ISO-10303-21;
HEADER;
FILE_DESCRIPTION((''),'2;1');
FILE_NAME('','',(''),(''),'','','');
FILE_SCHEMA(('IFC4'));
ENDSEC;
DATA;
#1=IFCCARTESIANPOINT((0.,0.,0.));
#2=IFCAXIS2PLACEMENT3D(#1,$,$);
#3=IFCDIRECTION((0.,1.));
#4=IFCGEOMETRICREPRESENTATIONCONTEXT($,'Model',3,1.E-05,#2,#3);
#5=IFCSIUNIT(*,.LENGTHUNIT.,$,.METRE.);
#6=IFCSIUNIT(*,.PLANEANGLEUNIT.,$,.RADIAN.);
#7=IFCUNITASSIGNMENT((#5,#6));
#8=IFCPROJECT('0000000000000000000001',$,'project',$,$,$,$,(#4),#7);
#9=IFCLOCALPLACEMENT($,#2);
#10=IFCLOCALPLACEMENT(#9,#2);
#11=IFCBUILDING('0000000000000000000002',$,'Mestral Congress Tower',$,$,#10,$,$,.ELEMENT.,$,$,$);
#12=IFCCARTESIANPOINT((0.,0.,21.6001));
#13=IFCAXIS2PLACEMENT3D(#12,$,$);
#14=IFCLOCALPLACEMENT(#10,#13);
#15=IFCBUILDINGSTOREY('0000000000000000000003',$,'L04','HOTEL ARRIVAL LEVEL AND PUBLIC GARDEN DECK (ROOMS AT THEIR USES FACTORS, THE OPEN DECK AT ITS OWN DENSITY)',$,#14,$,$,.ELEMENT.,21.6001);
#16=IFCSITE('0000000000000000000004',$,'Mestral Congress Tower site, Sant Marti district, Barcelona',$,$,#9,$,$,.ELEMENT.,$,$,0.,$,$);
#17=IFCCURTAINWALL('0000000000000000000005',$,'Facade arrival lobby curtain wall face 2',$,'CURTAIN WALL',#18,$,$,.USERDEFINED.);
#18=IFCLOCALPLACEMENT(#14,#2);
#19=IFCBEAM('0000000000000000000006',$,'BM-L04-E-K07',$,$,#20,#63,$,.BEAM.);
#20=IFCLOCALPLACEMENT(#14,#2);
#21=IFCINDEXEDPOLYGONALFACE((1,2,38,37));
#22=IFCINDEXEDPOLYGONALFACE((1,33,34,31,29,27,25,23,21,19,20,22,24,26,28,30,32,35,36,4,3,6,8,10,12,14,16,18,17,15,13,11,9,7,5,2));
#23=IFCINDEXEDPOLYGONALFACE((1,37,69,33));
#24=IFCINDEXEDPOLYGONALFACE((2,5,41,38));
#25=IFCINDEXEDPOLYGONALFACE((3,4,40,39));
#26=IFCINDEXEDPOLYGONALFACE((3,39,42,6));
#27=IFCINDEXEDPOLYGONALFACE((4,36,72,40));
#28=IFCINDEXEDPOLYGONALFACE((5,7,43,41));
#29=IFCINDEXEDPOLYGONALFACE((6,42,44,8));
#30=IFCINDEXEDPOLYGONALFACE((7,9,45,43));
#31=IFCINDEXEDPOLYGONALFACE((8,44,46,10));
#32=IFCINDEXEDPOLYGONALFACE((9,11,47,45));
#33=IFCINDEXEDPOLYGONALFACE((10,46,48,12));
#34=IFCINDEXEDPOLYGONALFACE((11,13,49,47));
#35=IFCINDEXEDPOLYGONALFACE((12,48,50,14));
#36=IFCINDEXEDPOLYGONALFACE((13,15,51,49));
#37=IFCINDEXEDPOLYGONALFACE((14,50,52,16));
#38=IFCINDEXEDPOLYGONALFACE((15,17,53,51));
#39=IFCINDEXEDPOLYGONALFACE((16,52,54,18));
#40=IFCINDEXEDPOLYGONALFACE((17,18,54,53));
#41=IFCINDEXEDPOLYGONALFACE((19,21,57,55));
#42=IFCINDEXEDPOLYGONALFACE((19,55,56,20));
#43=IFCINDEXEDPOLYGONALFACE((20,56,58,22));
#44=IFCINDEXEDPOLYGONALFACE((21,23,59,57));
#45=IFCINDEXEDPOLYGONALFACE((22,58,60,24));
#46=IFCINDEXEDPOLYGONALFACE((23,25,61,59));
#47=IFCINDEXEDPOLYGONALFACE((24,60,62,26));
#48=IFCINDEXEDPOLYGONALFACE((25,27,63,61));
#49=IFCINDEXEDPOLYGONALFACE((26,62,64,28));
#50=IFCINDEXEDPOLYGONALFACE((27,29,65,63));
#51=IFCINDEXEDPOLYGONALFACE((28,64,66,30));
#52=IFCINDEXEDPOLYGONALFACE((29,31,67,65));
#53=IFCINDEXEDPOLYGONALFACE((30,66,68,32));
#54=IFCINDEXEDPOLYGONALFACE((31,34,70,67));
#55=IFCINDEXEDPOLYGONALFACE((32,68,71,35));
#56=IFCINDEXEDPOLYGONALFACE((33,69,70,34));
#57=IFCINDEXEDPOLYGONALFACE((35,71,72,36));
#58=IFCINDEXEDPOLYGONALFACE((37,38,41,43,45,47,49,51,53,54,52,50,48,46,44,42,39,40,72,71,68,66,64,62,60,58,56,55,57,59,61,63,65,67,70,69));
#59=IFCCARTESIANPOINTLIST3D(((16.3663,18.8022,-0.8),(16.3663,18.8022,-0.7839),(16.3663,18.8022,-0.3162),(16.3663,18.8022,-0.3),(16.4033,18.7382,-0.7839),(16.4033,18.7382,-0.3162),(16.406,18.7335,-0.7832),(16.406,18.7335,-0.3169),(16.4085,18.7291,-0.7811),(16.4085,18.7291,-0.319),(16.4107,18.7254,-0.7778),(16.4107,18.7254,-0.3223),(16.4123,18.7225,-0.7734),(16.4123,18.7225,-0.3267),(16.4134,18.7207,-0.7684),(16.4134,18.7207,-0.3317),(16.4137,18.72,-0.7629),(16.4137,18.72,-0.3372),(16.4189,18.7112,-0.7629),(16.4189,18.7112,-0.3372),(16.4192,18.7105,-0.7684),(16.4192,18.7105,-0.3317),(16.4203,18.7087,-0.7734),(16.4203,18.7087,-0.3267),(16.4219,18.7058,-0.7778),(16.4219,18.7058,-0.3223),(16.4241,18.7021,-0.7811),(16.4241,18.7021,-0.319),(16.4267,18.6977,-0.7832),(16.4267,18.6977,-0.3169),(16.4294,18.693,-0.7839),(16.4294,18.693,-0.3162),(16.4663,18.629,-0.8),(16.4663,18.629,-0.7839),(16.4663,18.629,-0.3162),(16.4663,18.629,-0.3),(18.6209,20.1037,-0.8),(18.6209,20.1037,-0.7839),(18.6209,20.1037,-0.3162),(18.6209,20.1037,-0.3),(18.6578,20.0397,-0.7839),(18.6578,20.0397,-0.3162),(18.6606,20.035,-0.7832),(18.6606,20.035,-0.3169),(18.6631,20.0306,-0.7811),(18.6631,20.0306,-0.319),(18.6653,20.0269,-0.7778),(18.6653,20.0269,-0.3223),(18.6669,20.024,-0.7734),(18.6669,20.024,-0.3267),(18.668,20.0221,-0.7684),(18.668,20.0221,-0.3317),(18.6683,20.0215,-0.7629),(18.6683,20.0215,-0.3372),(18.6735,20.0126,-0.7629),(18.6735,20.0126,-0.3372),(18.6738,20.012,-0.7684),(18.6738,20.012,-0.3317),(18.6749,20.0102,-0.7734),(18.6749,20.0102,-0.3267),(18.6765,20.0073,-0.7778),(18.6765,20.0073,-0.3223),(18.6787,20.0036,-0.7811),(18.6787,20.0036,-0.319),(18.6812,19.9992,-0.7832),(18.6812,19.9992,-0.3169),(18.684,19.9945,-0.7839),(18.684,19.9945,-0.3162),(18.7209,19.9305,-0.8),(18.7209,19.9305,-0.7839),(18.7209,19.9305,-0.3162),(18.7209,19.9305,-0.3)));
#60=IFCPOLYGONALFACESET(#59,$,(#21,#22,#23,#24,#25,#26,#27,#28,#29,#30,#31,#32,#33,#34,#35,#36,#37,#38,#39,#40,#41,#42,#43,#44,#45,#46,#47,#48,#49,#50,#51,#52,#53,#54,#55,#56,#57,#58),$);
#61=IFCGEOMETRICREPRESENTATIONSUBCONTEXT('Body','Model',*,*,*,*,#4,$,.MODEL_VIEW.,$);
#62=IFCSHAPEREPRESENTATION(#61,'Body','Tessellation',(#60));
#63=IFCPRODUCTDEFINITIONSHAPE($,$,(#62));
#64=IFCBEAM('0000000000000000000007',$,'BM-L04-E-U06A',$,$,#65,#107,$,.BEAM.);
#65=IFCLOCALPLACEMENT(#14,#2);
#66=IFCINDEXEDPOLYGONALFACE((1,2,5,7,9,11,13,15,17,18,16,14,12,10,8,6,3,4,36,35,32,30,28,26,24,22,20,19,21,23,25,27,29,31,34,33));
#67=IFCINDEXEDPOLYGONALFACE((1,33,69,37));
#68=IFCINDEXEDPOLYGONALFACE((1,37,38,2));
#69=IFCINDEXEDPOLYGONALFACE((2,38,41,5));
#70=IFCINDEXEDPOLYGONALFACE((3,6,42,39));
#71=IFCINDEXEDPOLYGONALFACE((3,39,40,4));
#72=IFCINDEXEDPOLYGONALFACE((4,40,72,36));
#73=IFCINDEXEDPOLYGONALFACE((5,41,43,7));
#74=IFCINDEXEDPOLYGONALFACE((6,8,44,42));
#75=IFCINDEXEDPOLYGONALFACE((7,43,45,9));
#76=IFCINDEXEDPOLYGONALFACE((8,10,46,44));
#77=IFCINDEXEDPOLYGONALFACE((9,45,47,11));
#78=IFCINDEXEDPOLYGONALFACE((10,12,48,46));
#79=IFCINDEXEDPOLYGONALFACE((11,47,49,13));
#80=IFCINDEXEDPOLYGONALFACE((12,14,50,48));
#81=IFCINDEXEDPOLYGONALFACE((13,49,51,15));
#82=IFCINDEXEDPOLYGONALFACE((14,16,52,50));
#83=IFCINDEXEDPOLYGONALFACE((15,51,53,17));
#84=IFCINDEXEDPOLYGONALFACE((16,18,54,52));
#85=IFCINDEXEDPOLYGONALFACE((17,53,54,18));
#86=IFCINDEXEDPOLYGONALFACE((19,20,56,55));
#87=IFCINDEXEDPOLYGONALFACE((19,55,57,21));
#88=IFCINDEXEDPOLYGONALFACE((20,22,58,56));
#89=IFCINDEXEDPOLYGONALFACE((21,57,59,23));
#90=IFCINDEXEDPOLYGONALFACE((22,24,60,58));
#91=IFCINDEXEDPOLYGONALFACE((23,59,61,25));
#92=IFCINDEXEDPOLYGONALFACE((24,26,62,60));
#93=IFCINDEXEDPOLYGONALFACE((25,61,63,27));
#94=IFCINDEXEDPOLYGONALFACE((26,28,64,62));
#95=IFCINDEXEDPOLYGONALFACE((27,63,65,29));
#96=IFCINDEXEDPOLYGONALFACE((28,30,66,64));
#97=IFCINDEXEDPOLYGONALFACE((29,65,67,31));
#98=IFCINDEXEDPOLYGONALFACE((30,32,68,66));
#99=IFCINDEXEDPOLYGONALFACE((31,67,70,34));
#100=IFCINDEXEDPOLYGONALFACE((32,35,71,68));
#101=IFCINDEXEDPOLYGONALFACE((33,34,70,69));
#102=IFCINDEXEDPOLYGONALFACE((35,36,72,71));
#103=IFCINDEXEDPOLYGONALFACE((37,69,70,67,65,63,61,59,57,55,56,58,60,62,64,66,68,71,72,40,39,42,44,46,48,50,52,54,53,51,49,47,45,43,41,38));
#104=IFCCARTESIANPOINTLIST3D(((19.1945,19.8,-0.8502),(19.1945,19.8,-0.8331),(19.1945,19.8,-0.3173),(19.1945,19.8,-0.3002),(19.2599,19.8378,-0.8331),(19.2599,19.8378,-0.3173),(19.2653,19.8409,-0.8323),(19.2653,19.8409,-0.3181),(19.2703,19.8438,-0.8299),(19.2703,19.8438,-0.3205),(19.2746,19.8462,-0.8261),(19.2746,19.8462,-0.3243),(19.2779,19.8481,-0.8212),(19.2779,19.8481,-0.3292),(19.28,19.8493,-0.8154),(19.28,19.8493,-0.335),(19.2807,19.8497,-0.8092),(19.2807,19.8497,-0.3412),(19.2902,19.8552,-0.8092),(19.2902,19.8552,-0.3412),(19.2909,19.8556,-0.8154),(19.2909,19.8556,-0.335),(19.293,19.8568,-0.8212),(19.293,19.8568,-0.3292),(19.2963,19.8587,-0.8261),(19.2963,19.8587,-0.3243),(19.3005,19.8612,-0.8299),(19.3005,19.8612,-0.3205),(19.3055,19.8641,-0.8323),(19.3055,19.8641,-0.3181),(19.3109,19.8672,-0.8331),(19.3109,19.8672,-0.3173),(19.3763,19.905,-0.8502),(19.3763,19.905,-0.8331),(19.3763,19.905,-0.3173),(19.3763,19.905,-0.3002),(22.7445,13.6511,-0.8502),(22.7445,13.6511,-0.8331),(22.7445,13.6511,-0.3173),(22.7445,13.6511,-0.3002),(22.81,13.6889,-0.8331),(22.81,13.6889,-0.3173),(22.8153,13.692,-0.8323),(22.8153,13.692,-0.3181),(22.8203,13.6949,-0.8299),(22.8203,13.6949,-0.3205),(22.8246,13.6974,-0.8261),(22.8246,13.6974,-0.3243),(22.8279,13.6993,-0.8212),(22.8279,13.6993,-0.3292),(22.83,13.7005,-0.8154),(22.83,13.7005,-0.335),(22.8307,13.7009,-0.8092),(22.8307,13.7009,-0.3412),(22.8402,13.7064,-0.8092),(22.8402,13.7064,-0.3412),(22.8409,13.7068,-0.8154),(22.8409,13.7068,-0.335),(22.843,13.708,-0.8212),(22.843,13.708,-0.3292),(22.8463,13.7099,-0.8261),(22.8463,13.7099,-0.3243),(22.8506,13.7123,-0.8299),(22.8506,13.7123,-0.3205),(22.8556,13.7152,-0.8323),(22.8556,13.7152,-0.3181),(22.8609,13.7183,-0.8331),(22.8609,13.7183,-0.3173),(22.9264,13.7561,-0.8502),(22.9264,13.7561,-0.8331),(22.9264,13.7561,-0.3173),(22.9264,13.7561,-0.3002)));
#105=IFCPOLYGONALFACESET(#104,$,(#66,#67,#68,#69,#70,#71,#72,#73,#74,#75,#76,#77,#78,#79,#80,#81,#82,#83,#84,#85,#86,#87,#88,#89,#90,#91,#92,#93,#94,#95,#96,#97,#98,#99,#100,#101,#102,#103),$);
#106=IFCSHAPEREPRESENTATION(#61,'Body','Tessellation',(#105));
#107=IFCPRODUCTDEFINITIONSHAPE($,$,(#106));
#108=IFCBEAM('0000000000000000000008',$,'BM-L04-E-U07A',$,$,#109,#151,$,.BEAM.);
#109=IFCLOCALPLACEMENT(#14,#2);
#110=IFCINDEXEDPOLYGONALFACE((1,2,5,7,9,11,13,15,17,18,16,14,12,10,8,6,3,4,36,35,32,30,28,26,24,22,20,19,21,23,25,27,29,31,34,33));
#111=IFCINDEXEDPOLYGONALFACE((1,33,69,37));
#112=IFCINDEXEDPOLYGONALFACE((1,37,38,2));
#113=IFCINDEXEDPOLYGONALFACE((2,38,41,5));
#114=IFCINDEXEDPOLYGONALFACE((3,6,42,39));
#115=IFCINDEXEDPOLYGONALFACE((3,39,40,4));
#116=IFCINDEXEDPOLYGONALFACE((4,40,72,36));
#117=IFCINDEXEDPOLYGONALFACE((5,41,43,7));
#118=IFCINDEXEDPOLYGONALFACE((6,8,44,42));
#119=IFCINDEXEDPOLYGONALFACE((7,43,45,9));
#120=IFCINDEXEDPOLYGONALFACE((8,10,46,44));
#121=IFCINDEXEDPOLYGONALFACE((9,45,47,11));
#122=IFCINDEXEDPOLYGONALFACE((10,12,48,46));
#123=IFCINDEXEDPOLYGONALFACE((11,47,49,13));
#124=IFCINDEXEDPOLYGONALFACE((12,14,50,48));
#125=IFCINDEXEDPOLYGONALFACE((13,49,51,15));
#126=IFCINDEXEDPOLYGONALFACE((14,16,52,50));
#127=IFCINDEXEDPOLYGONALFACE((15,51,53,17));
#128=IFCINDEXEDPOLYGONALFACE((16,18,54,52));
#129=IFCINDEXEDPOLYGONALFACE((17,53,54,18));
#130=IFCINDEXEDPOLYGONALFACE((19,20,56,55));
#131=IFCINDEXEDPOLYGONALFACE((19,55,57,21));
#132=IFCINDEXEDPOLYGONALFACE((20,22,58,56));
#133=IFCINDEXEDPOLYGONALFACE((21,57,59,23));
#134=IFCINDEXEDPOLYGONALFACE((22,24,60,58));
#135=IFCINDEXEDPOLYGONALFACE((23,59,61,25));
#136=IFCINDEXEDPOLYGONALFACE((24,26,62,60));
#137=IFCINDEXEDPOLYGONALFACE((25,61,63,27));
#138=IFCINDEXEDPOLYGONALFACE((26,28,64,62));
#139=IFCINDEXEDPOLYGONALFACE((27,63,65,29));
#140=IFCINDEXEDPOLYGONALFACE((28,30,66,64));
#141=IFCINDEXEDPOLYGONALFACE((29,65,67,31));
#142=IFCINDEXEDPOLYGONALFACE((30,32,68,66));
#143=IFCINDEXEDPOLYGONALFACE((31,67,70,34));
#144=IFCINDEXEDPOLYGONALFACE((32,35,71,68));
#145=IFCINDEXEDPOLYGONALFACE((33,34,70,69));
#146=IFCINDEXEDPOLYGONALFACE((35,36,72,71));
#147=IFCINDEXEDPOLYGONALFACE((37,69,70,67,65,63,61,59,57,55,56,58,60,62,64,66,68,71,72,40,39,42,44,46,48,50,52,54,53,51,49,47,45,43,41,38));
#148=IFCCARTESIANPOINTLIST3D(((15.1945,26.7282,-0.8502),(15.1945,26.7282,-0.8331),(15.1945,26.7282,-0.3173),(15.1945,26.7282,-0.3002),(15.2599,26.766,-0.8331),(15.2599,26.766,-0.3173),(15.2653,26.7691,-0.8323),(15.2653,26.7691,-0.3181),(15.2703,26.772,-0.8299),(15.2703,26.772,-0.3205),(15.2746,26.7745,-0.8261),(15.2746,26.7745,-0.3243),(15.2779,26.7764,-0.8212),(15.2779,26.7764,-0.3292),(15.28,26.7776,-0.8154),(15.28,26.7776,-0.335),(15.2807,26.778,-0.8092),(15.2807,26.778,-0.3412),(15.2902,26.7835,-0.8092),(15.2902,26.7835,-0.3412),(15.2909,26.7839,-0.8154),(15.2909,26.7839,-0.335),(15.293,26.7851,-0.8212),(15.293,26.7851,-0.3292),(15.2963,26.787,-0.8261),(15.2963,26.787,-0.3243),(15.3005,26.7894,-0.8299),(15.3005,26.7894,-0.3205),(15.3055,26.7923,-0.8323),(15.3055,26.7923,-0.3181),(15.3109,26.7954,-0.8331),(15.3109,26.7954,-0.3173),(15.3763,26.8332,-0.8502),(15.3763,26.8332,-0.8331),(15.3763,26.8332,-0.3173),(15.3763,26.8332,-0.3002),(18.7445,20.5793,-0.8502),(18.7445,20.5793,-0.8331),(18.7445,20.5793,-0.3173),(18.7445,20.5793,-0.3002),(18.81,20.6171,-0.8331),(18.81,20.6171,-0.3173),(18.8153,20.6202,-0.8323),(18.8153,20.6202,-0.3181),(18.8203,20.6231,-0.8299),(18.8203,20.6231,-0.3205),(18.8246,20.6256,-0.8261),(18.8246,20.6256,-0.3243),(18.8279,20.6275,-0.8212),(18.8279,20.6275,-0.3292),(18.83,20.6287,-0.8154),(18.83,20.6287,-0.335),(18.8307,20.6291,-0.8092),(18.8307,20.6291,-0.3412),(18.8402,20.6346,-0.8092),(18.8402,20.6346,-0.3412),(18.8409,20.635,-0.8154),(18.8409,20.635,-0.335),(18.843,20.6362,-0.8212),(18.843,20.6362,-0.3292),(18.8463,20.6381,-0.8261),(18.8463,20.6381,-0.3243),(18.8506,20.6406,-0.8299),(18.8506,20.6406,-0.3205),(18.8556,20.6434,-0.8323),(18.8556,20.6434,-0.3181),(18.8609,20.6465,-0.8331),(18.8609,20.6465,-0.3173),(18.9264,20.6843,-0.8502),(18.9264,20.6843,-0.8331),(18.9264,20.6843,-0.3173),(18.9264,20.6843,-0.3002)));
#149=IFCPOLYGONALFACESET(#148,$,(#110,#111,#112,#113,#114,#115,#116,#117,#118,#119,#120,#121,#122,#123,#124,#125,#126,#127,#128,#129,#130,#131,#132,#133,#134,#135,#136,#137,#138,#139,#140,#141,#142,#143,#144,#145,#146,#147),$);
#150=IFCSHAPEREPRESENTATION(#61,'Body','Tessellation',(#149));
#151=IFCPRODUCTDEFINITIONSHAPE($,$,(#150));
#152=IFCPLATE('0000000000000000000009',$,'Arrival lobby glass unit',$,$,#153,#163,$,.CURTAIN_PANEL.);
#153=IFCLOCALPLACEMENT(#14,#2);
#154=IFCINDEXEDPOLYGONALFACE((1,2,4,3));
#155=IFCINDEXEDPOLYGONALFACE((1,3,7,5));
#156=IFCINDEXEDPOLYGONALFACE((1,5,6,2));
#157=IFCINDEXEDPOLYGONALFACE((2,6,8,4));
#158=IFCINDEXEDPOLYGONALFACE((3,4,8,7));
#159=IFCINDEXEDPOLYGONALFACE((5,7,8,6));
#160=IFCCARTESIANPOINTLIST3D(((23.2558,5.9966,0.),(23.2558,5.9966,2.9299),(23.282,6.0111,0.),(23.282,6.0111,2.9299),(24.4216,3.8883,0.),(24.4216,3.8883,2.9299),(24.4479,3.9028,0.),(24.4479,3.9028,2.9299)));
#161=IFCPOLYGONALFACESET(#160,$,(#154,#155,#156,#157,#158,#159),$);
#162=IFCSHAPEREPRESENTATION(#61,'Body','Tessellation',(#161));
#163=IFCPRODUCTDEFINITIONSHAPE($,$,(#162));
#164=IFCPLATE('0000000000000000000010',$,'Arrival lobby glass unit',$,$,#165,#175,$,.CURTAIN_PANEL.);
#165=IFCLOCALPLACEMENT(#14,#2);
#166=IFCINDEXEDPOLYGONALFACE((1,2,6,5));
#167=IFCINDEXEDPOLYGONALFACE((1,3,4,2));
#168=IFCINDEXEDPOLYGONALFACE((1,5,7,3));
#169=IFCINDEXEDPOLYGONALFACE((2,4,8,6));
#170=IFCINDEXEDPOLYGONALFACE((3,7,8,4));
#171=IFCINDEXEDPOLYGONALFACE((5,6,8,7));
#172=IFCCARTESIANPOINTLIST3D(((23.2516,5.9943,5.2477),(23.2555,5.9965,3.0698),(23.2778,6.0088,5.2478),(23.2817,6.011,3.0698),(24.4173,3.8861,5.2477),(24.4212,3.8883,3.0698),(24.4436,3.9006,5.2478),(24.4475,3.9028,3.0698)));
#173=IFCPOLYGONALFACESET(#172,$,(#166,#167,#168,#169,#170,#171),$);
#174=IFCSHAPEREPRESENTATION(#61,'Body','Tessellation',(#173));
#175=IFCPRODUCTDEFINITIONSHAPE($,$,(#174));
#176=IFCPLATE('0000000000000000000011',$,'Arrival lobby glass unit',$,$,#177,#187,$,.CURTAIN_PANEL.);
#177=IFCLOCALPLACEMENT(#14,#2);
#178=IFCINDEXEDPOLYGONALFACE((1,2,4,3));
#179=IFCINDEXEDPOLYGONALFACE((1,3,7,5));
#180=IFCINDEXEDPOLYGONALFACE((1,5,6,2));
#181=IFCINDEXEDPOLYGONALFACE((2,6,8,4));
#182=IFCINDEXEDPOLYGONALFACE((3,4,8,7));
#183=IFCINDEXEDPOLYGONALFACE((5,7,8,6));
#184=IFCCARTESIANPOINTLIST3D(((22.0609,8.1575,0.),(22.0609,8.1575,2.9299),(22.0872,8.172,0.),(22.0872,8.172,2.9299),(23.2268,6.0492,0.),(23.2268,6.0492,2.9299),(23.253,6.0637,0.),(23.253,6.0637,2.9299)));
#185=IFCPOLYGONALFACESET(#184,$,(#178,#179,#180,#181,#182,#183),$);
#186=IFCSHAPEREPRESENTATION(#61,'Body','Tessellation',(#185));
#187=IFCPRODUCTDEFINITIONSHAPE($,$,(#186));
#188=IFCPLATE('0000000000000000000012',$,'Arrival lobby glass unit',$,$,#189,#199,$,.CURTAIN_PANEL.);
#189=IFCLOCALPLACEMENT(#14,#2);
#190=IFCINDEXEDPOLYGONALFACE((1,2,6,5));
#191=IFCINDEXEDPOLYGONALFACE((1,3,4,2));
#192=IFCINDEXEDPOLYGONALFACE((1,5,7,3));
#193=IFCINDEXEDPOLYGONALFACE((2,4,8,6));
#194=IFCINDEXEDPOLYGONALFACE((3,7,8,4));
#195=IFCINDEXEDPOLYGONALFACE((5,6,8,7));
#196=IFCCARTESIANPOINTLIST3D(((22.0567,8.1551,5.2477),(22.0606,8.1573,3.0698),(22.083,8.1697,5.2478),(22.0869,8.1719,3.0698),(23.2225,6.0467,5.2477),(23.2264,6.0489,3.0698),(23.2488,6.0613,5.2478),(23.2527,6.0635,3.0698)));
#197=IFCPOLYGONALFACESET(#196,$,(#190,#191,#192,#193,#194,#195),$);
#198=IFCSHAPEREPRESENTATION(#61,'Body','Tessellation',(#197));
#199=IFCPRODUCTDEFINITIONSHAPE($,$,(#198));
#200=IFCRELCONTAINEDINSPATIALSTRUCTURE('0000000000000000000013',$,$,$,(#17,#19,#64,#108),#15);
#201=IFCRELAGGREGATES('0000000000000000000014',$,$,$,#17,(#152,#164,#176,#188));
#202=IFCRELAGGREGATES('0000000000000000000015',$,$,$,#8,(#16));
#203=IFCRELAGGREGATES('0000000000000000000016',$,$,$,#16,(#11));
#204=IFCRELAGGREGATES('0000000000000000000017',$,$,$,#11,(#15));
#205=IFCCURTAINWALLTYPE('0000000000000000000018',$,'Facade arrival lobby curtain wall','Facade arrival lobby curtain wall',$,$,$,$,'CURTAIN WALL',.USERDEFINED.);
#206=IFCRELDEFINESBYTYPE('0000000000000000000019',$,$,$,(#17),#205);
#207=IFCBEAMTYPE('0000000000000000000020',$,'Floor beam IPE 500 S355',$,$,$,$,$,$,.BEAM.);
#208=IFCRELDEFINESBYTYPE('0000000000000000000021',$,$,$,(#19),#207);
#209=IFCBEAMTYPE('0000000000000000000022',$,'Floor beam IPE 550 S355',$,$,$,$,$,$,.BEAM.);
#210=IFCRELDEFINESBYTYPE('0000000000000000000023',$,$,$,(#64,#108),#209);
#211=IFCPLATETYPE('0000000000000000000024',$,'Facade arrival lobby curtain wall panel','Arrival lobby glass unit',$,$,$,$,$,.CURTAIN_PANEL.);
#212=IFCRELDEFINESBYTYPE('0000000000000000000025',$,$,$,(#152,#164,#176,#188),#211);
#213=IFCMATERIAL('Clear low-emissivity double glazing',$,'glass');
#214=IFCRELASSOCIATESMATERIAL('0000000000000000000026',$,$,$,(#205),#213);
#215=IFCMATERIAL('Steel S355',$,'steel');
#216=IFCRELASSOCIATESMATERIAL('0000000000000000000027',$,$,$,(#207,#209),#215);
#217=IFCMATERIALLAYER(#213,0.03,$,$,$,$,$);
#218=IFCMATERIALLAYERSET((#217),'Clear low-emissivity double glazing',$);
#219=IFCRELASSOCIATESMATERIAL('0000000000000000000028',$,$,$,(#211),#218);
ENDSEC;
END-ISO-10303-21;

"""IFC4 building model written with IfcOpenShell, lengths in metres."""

from ifc_helpers import new_model, si_unit, direction, frame, origin, origin_2d, place, context, subcontext, project, spatial, polyline, rectangle, i_section, outline, extrude, material, layer, layer_set, material_profile, profile_set, type_object, element, aggregate, save


model = new_model("IFC4")

# Units and contexts
model_context = context("Model", 3, precision=1e-05, world=origin(), true_north=direction((0.0, 1.0)))
body_context = subcontext(model_context, "Body", "Model", "MODEL_VIEW")
ifc_project = project(units=[si_unit("LENGTHUNIT", "METRE"), si_unit("PLANEANGLEUNIT", "RADIAN")], contexts=[model_context])

# Site, building, storey
site_placement = place(None, origin())
site = spatial("IfcSite", under=ifc_project, at=site_placement, Name="Mestral Congress Tower site, Sant Marti district, Barcelona", CompositionType="ELEMENT", RefElevation=0.0)
building_placement = place(site_placement, origin())
building = spatial("IfcBuilding", under=site, at=building_placement, Name="Mestral Congress Tower", CompositionType="ELEMENT")
storey_placement = place(building_placement, frame((0.0, 0.0, 21.6001)))
storey = spatial("IfcBuildingStorey", under=building, at=storey_placement, Name="L04", Description="HOTEL ARRIVAL LEVEL AND PUBLIC GARDEN DECK (ROOMS AT THEIR USES FACTORS, THE OPEN DECK AT ITS OWN DENSITY)", CompositionType="ELEMENT", Elevation=21.6001)

# Curtain wall
ifc_material_1 = material(Name="Clear low-emissivity double glazing", Category="glass")
curtain_wall_type = type_object("IfcCurtainWallType", Name="Facade arrival lobby curtain wall", Description="Facade arrival lobby curtain wall", ElementType="CURTAIN WALL", PredefinedType="USERDEFINED", material=ifc_material_1)
curtain_wall_placement = place(storey_placement, origin())
curtain_wall = element("IfcCurtainWall", 1, at=curtain_wall_placement, inside=storey, type_object=curtain_wall_type, Name="Facade arrival lobby curtain wall face 2", ObjectType="CURTAIN WALL", PredefinedType="USERDEFINED")

# Beams
ifc_material_2 = material(Name="Steel S355", Category="steel")
ifc_material_profile_1 = material_profile(ifc_material_2, i_section(OverallWidth=0.2, OverallDepth=0.5, WebThickness=0.0103, FlangeThickness=0.0161, FilletRadius=0.021, at=origin_2d()), Name="IPE 500")
ifc_profile_set_1 = profile_set([ifc_material_profile_1], Name="Steel S355")
beam_type_1 = type_object("IfcBeamType", Name="Floor beam IPE 500 S355", PredefinedType="BEAM", material=ifc_profile_set_1)
beam_1_placement = place(storey_placement, frame((18.6709, 20.0171, -0.55), z_axis=(-0.866059, -0.499942, 0.0), x_axis=(0.499942, -0.866059, 0.0)))
element("IfcBeam", 2, at=beam_1_placement, inside=storey, type_object=beam_type_1, Name="BM-L04-E-K07", PredefinedType="BEAM", context=body_context, shape_type="SweptSolid", body=[
    extrude(i_section(OverallWidth=0.2, OverallDepth=0.5, WebThickness=0.0103, FlangeThickness=0.0161, FilletRadius=0.021, at=origin_2d()), origin(), (0.0, 0.0, 1.0), 2.6033),
])
ifc_material_profile_2 = material_profile(ifc_material_2, i_section(OverallWidth=0.21, OverallDepth=0.55, WebThickness=0.011, FlangeThickness=0.0171, FilletRadius=0.0239, at=origin_2d()), Name="IPE 550")
ifc_profile_set_2 = profile_set([ifc_material_profile_2], Name="Steel S355")
beam_type_2 = type_object("IfcBeamType", Name="Floor beam IPE 550 S355", PredefinedType="BEAM", material=ifc_profile_set_2)
for number, where, z_axis, x_axis, name in (
    (3, (22.8354, 13.7036, -0.5752), (-0.499996, 0.866028, 0.0), (-0.866028, -0.499996, 0.0), "BM-L04-E-U06A"),
    (4, (18.8354, 20.6318, -0.5752), (-0.499996, 0.866028, 0.0), (-0.866028, -0.499996, 0.0), "BM-L04-E-U07A"),
):
    element("IfcBeam", number, at=place(storey_placement, frame(where, z_axis=z_axis, x_axis=x_axis)), inside=storey, type_object=beam_type_2, Name=name, PredefinedType="BEAM", context=body_context, shape_type="SweptSolid", body=[
        extrude(i_section(OverallWidth=0.21, OverallDepth=0.55, WebThickness=0.011, FlangeThickness=0.0171, FilletRadius=0.0239, at=origin_2d()), origin(), (0.0, 0.0, 1.0), 7.1001),
    ])

# Plates
ifc_layer_1 = layer(ifc_material_1, 0.03)
ifc_layer_set_1 = layer_set([ifc_layer_1], Name="Clear low-emissivity double glazing")
plate_type = type_object("IfcPlateType", Name="Facade arrival lobby curtain wall panel", Description="Arrival lobby glass unit", PredefinedType="CURTAIN_PANEL", material=ifc_layer_set_1)
plate_1_placement = place(storey_placement, frame((23.8518, 4.9497, 0.0), z_axis=(0.0, 0.0, 1.0), x_axis=(-0.483906, 0.87512, 0.0)))
plate_1 = element("IfcPlate", 5, at=plate_1_placement, type_object=plate_type, Name="Arrival lobby glass unit", PredefinedType="CURTAIN_PANEL", context=body_context, shape_type="SweptSolid", body=[
    extrude(rectangle(XDim=2.4092, YDim=0.03, at=origin_2d()), origin(), (0.0, 0.0, 1.0), 2.9299),
])
plate_2_placement = place(storey_placement, frame((23.2817, 6.011, 3.0698), z_axis=(0.87511, 0.48392, 0.002058), x_axis=(0.483921, -0.875112, 0.0)))
plate_2 = element("IfcPlate", 6, at=plate_2_placement, type_object=plate_type, Name="Arrival lobby glass unit", PredefinedType="CURTAIN_PANEL", context=body_context, shape_type="SweptSolid", body=[
    extrude(outline(polyline([(0.0, 0.0), (2.409, 0.0), (2.409, -2.178), (0.0, -2.178), (0.0, 0.0)])), origin(), (0.0, 0.0, -1.0), 0.03),
])
plate_3_placement = place(storey_placement, frame((22.657, 7.1106, 0.0), z_axis=(0.0, 0.0, 1.0), x_axis=(-0.483906, 0.87512, 0.0)))
plate_3 = element("IfcPlate", 7, at=plate_3_placement, type_object=plate_type, Name="Arrival lobby glass unit", PredefinedType="CURTAIN_PANEL", context=body_context, shape_type="SweptSolid", body=[
    extrude(rectangle(XDim=2.4092, YDim=0.03, at=origin_2d()), origin(), (0.0, 0.0, 1.0), 2.9299),
])
plate_4_placement = place(storey_placement, frame((22.0869, 8.1719, 3.0698), z_axis=(0.875134, 0.483877, 0.002058), x_axis=(0.483878, -0.875135, 0.0)))
plate_4 = element("IfcPlate", 8, at=plate_4_placement, type_object=plate_type, Name="Arrival lobby glass unit", PredefinedType="CURTAIN_PANEL", context=body_context, shape_type="SweptSolid", body=[
    extrude(outline(polyline([(0.0, 0.0), (2.4092, 0.0), (2.4093, -2.178), (0.0, -2.178), (0.0, 0.0)])), origin(), (0.0, 0.0, -1.0), 0.03),
])
aggregate(curtain_wall, [plate_1, plate_2, plate_3, plate_4])

save(model, "model.ifc")
